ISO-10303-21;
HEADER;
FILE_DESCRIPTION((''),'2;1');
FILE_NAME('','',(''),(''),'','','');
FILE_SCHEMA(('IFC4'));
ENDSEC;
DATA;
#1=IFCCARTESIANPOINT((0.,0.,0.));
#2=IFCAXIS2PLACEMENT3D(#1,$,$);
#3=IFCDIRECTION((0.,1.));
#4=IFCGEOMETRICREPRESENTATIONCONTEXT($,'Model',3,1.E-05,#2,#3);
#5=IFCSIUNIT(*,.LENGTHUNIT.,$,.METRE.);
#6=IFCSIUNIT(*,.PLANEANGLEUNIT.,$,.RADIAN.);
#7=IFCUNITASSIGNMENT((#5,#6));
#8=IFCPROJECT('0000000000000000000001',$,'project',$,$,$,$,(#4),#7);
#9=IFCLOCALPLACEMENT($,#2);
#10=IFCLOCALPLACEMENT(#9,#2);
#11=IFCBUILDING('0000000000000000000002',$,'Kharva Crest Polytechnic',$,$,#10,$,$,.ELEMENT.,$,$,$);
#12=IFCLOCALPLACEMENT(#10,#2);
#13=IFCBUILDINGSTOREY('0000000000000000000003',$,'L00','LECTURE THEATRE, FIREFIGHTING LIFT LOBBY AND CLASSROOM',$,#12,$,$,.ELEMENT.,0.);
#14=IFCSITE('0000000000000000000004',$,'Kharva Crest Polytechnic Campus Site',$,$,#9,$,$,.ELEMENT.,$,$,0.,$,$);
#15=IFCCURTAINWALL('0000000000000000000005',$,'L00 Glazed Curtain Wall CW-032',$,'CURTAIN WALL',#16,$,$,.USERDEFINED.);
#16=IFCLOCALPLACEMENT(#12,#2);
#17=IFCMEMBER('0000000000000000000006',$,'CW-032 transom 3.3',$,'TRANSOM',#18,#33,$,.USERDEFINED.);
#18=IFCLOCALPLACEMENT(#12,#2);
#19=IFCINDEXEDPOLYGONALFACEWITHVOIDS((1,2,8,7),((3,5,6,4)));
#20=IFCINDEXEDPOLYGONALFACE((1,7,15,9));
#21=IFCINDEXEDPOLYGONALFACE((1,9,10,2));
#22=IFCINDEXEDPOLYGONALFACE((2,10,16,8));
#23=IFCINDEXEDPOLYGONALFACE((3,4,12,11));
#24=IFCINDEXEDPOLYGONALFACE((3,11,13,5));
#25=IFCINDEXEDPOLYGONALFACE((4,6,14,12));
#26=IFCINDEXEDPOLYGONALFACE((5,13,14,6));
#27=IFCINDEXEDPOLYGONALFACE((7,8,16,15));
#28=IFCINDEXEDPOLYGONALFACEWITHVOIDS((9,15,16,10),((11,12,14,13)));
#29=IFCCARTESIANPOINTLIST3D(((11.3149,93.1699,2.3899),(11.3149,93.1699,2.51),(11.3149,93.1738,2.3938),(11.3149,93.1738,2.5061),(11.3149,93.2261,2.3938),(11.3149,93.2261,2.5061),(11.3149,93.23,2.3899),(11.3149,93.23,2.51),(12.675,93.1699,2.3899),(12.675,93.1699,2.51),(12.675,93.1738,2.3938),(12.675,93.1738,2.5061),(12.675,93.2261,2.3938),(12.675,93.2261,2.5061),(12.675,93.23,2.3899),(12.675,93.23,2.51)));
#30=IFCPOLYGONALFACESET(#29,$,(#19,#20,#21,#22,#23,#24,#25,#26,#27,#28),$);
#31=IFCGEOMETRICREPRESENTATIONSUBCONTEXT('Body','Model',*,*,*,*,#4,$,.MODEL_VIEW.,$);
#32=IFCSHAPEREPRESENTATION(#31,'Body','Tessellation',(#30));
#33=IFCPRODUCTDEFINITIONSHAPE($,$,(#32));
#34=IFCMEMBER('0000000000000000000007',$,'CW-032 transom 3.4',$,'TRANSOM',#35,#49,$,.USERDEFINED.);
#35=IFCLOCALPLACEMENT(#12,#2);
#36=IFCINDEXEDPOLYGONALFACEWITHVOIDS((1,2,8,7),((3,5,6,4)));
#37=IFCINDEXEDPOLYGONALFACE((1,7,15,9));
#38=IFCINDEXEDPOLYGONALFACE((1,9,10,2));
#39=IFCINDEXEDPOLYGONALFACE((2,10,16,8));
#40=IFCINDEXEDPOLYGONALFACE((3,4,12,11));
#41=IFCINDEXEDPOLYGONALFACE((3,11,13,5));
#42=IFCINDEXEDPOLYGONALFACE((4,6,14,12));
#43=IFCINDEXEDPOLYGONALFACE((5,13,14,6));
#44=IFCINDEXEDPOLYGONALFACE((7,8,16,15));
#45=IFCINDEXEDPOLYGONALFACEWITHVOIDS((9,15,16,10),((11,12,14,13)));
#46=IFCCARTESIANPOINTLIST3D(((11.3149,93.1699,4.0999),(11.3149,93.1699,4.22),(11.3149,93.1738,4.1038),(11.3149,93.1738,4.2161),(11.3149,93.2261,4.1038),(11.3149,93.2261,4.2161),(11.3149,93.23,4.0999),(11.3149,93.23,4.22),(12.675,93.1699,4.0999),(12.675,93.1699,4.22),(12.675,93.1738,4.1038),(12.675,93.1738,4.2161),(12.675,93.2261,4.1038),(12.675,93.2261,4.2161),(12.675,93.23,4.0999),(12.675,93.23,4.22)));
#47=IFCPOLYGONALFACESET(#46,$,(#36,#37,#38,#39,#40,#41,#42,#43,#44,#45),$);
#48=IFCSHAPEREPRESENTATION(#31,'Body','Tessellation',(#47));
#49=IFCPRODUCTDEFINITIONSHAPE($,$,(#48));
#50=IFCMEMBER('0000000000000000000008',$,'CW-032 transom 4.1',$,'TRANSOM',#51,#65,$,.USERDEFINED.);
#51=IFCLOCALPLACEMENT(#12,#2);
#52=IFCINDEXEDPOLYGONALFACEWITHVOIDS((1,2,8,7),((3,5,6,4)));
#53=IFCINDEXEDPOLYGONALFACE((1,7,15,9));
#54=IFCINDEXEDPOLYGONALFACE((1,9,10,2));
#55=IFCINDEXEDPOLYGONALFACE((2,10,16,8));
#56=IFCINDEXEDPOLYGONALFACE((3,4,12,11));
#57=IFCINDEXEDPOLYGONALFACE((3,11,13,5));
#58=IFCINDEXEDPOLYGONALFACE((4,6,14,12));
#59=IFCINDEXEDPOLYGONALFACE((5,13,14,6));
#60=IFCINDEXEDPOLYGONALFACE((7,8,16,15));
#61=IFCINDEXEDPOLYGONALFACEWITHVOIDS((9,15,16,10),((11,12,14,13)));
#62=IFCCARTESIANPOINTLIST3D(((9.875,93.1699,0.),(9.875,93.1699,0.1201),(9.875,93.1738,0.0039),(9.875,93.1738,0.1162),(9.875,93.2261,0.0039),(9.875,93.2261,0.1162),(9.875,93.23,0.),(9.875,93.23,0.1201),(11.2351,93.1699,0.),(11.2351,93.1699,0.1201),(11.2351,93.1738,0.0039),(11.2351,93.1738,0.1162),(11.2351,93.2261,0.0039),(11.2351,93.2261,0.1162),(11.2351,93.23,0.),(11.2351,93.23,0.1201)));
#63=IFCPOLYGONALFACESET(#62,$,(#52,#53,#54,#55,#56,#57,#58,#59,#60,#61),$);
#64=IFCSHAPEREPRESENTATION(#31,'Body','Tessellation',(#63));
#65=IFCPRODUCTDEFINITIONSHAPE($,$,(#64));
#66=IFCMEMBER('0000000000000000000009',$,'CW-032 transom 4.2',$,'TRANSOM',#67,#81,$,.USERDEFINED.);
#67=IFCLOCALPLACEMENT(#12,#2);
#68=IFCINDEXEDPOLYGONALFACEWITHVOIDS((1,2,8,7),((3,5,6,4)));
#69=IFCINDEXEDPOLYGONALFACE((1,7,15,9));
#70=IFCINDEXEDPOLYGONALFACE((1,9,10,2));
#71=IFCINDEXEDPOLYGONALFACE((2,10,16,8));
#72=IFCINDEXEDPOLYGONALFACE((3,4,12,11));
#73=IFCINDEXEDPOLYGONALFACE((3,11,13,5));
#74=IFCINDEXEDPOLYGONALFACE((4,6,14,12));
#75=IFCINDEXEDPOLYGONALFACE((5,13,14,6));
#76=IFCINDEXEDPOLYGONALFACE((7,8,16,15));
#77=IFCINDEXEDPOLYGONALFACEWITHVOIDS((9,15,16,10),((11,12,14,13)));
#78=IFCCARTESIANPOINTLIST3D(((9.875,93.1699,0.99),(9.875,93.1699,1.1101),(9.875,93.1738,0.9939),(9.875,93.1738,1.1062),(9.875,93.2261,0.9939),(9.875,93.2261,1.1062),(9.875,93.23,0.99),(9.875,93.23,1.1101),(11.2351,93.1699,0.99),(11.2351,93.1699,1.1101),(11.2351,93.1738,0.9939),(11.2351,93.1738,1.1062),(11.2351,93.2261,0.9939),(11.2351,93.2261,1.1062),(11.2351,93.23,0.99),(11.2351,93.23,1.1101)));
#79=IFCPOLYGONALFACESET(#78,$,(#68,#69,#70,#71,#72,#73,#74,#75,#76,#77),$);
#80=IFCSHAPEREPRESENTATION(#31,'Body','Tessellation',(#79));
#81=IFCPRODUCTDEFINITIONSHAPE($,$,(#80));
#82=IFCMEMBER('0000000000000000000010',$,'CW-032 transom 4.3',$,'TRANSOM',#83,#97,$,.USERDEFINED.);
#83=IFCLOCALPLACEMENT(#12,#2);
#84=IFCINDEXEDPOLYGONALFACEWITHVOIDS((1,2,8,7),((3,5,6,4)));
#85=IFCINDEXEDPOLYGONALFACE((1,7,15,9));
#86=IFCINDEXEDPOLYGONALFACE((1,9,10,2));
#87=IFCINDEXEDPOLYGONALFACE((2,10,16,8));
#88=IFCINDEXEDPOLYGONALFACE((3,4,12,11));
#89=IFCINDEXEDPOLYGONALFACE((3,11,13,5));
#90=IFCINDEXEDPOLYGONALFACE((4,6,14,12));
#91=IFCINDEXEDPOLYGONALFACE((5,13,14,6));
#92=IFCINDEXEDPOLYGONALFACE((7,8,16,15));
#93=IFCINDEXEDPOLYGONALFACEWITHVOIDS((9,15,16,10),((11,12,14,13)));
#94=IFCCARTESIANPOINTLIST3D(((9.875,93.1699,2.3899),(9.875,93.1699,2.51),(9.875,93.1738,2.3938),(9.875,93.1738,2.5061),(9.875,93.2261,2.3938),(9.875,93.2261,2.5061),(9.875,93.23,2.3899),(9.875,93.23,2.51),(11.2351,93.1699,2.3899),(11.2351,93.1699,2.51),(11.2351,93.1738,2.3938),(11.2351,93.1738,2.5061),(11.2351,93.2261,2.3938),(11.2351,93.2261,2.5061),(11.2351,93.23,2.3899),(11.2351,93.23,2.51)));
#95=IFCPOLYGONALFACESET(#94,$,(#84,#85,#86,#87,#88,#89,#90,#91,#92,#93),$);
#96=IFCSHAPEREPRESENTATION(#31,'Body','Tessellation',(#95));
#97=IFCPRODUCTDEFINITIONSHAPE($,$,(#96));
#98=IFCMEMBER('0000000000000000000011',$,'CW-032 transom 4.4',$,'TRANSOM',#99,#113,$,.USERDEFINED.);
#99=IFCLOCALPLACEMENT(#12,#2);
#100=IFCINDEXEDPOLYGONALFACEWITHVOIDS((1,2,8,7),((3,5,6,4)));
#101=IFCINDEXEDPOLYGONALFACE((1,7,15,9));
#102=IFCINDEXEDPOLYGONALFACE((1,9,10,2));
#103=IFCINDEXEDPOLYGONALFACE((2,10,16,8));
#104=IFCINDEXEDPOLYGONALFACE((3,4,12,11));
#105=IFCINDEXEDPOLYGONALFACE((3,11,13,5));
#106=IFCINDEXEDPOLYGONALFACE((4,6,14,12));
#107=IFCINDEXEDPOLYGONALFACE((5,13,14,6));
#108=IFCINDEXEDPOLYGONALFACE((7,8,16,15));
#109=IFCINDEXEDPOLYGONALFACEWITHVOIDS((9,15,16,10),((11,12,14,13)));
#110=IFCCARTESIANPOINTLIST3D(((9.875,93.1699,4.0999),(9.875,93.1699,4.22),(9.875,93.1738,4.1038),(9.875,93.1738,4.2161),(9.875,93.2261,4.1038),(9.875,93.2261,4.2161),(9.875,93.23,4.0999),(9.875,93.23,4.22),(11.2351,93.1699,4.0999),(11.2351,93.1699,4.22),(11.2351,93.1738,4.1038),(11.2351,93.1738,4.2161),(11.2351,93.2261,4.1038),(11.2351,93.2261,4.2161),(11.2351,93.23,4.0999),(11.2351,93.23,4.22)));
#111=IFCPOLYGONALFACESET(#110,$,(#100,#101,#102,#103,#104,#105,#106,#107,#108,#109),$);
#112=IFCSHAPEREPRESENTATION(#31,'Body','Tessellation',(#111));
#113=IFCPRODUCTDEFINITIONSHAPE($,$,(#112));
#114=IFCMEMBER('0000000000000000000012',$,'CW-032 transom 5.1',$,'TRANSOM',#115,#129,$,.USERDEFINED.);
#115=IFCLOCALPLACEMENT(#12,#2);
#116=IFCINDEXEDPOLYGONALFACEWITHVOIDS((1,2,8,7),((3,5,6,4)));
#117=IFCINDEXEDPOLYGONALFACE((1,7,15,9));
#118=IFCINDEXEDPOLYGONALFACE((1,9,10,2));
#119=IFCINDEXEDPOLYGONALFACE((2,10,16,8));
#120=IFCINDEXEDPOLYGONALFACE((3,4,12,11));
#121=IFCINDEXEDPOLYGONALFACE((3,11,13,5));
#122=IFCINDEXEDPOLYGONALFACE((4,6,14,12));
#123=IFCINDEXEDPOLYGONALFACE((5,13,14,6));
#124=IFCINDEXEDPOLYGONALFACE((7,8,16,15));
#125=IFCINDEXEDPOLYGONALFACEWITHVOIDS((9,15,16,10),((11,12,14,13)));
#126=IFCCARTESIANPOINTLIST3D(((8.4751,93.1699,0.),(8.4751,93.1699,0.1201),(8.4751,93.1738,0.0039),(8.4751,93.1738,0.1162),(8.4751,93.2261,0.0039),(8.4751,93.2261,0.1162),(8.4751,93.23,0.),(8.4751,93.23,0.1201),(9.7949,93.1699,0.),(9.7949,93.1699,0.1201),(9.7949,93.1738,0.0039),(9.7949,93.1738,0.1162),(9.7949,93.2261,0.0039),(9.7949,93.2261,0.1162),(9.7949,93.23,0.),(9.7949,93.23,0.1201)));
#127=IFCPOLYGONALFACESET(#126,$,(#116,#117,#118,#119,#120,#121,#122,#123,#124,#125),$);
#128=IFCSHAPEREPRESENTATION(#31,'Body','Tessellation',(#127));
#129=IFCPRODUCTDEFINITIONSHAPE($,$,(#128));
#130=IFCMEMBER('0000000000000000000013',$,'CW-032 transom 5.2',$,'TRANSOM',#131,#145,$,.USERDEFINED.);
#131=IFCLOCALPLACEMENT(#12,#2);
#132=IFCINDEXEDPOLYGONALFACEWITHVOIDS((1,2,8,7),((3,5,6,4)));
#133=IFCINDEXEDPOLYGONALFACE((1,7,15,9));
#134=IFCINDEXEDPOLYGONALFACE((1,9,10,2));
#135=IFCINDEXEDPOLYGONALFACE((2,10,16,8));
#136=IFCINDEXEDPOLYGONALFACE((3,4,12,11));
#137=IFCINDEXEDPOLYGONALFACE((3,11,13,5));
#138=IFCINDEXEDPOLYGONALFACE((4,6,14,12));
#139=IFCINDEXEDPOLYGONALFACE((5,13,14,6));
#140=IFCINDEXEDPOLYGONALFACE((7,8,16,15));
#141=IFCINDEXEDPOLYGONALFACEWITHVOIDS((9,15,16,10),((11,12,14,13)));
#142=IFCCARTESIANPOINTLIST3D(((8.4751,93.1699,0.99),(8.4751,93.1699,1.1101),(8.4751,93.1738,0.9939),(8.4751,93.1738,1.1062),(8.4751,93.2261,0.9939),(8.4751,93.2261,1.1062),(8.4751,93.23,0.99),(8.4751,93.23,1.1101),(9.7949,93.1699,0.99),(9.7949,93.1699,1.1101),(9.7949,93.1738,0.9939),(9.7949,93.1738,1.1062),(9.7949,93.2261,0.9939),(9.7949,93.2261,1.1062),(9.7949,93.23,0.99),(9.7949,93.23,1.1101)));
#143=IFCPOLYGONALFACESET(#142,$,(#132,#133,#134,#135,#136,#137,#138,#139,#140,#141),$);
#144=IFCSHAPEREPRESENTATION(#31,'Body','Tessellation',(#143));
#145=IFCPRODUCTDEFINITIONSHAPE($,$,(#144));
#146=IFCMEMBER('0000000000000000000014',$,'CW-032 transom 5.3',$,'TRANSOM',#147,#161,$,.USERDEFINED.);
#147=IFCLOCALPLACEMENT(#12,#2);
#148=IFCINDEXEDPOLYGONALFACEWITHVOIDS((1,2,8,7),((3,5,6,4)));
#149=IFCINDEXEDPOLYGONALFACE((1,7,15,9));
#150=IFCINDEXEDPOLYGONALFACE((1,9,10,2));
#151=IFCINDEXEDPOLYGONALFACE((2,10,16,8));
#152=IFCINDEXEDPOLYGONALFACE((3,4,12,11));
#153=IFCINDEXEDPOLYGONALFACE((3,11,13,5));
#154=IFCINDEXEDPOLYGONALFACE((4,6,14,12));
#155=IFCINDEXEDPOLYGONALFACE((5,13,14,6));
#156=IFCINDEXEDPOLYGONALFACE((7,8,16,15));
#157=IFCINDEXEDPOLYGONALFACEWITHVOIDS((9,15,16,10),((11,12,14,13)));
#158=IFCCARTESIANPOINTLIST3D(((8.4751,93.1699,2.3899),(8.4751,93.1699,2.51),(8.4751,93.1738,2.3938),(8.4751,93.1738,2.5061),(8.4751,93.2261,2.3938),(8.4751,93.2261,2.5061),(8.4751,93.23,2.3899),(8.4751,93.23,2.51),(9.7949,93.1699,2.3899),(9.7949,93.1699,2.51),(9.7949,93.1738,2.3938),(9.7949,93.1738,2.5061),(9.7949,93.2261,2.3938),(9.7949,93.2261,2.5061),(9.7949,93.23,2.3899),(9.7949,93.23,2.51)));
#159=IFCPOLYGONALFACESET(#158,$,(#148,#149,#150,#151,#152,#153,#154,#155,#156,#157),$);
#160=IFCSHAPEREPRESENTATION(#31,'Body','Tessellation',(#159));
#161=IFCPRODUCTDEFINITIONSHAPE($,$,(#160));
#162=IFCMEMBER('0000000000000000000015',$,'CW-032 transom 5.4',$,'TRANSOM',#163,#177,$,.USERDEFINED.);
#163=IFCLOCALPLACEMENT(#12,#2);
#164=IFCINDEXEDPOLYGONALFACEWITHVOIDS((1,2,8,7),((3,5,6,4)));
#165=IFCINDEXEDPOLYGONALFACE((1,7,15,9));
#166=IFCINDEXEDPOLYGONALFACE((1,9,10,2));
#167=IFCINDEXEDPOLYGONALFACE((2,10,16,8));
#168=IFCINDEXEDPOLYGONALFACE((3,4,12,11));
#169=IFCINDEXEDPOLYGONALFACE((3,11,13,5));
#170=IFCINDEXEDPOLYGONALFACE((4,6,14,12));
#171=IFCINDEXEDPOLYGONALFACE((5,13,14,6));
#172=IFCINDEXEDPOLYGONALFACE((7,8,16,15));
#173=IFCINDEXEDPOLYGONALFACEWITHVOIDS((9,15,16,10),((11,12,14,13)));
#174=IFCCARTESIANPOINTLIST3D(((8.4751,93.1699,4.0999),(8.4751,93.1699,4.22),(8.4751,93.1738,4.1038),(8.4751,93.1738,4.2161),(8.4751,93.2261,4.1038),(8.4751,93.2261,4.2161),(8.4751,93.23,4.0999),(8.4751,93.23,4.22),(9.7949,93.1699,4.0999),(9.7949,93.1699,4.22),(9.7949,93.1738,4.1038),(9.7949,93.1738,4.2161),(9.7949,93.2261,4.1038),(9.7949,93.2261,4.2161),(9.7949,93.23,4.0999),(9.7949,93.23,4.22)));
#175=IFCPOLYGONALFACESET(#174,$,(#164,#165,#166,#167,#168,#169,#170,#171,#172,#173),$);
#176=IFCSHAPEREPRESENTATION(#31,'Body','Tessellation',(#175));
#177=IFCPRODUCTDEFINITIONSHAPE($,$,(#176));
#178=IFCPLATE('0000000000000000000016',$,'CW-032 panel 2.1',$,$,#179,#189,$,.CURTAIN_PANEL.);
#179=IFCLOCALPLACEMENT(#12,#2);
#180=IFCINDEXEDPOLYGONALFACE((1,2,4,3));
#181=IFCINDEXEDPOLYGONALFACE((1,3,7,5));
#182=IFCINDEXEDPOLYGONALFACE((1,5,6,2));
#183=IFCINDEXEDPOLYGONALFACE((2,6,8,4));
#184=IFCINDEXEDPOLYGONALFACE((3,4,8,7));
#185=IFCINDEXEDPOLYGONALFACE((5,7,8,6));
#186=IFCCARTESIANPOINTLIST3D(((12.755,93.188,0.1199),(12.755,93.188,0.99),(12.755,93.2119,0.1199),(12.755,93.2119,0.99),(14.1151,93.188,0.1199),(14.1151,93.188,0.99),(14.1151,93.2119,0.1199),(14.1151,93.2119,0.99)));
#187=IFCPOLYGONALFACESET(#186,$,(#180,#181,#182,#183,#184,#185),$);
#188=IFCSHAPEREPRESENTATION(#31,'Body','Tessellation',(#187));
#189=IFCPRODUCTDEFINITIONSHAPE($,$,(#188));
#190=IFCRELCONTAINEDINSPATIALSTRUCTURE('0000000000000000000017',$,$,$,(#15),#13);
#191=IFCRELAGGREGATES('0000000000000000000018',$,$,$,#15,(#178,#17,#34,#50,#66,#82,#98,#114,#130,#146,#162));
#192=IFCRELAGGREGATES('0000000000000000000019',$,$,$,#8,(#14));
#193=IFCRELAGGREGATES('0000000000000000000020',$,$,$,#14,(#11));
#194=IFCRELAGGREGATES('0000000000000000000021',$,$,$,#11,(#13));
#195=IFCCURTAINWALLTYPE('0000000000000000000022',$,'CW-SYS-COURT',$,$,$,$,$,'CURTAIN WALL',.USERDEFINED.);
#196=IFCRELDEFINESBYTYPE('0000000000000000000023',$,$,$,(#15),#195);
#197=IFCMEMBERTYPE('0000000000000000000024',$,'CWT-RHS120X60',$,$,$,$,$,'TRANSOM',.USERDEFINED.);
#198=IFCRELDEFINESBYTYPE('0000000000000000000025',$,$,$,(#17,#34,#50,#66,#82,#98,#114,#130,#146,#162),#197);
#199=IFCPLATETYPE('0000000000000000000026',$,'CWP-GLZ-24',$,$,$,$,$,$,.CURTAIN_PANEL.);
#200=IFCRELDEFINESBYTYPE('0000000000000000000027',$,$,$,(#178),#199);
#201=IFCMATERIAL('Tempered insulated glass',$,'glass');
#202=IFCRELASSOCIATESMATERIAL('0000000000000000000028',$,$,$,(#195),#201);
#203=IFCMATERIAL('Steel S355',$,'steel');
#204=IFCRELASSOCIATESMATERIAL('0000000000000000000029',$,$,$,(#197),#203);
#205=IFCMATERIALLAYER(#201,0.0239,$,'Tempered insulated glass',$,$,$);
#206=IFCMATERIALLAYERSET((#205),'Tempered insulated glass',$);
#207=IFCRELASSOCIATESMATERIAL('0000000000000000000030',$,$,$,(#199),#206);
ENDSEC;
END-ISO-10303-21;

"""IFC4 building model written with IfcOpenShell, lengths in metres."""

from ifc_helpers import new_model, si_unit, direction, frame, origin, origin_2d, place, context, subcontext, project, spatial, rectangle, hollow_rectangle, extrude, material, layer, layer_set, material_profile, profile_set, type_object, element, aggregate, save


model = new_model("IFC4")

# Units and contexts
model_context = context("Model", 3, precision=1e-05, world=origin(), true_north=direction((0.0, 1.0)))
body_context = subcontext(model_context, "Body", "Model", "MODEL_VIEW")
ifc_project = project(units=[si_unit("LENGTHUNIT", "METRE"), si_unit("PLANEANGLEUNIT", "RADIAN")], contexts=[model_context])

# Site, building, storey
site_placement = place(None, origin())
site = spatial("IfcSite", under=ifc_project, at=site_placement, Name="Kharva Crest Polytechnic Campus Site", CompositionType="ELEMENT", RefElevation=0.0)
building_placement = place(site_placement, origin())
building = spatial("IfcBuilding", under=site, at=building_placement, Name="Kharva Crest Polytechnic", CompositionType="ELEMENT")
storey_placement = place(building_placement, origin())
storey = spatial("IfcBuildingStorey", under=building, at=storey_placement, Name="L00", Description="LECTURE THEATRE, FIREFIGHTING LIFT LOBBY AND CLASSROOM", CompositionType="ELEMENT", Elevation=0.0)

# Curtain wall, members, plate
ifc_material_1 = material(Name="Tempered insulated glass", Category="glass")
curtain_wall_type = type_object("IfcCurtainWallType", Name="CW-SYS-COURT", ElementType="CURTAIN WALL", PredefinedType="USERDEFINED", material=ifc_material_1)
curtain_wall_placement = place(storey_placement, origin())
curtain_wall = element("IfcCurtainWall", 1, at=curtain_wall_placement, inside=storey, type_object=curtain_wall_type, Name="L00 Glazed Curtain Wall CW-032", ObjectType="CURTAIN WALL", PredefinedType="USERDEFINED")
ifc_material_2 = material(Name="Steel S355", Category="steel")
ifc_material_profile_1 = material_profile(ifc_material_2, hollow_rectangle(XDim=0.0601, YDim=0.1201, WallThickness=0.0039, at=origin_2d()), Name="RHS 120X60X4.0")
ifc_profile_set_1 = profile_set([ifc_material_profile_1], Name="Steel S355")
member_type_1 = type_object("IfcMemberType", Name="CWT-RHS120X60", ElementType="TRANSOM", PredefinedType="USERDEFINED", material=ifc_profile_set_1)
member_1_placement = place(storey_placement, frame((12.675, 93.2, 2.45), z_axis=(-1.0, 0.0, 0.0), x_axis=(0.0, -1.0, 0.0)))
member_1 = element("IfcMember", 2, at=member_1_placement, type_object=member_type_1, Name="CW-032 transom 3.3", ObjectType="TRANSOM", PredefinedType="USERDEFINED", context=body_context, shape_type="SweptSolid", body=[
    extrude(hollow_rectangle(XDim=0.0601, YDim=0.1201, WallThickness=0.0039, at=origin_2d()), origin(), (0.0, 0.0, 1.0), 1.3601),
])
member_2_placement = place(storey_placement, frame((12.675, 93.2, 4.1599), z_axis=(-1.0, 0.0, 0.0), x_axis=(0.0, -1.0, 0.0)))
member_2 = element("IfcMember", 3, at=member_2_placement, type_object=member_type_1, Name="CW-032 transom 3.4", ObjectType="TRANSOM", PredefinedType="USERDEFINED", context=body_context, shape_type="SweptSolid", body=[
    extrude(hollow_rectangle(XDim=0.0601, YDim=0.1201, WallThickness=0.0039, at=origin_2d()), origin(), (0.0, 0.0, 1.0), 1.3601),
])
member_3_placement = place(storey_placement, frame((11.2351, 93.2, 0.0601), z_axis=(-1.0, 0.0, 0.0), x_axis=(0.0, -1.0, 0.0)))
member_3 = element("IfcMember", 4, at=member_3_placement, type_object=member_type_1, Name="CW-032 transom 4.1", ObjectType="TRANSOM", PredefinedType="USERDEFINED", context=body_context, shape_type="SweptSolid", body=[
    extrude(hollow_rectangle(XDim=0.0601, YDim=0.1201, WallThickness=0.0039, at=origin_2d()), origin(), (0.0, 0.0, 1.0), 1.3601),
])
member_4_placement = place(storey_placement, frame((11.2351, 93.2, 1.05), z_axis=(-1.0, 0.0, 0.0), x_axis=(0.0, -1.0, 0.0)))
member_4 = element("IfcMember", 5, at=member_4_placement, type_object=member_type_1, Name="CW-032 transom 4.2", ObjectType="TRANSOM", PredefinedType="USERDEFINED", context=body_context, shape_type="SweptSolid", body=[
    extrude(hollow_rectangle(XDim=0.0601, YDim=0.1201, WallThickness=0.0039, at=origin_2d()), origin(), (0.0, 0.0, 1.0), 1.3601),
])
member_5_placement = place(storey_placement, frame((11.2351, 93.2, 2.45), z_axis=(-1.0, 0.0, 0.0), x_axis=(0.0, -1.0, 0.0)))
member_5 = element("IfcMember", 6, at=member_5_placement, type_object=member_type_1, Name="CW-032 transom 4.3", ObjectType="TRANSOM", PredefinedType="USERDEFINED", context=body_context, shape_type="SweptSolid", body=[
    extrude(hollow_rectangle(XDim=0.0601, YDim=0.1201, WallThickness=0.0039, at=origin_2d()), origin(), (0.0, 0.0, 1.0), 1.3601),
])
member_6_placement = place(storey_placement, frame((11.2351, 93.2, 4.1599), z_axis=(-1.0, 0.0, 0.0), x_axis=(0.0, -1.0, 0.0)))
member_6 = element("IfcMember", 7, at=member_6_placement, type_object=member_type_1, Name="CW-032 transom 4.4", ObjectType="TRANSOM", PredefinedType="USERDEFINED", context=body_context, shape_type="SweptSolid", body=[
    extrude(hollow_rectangle(XDim=0.0601, YDim=0.1201, WallThickness=0.0039, at=origin_2d()), origin(), (0.0, 0.0, 1.0), 1.3601),
])
member_7_placement = place(storey_placement, frame((9.7949, 93.2, 0.0601), z_axis=(-1.0, 0.0, 0.0), x_axis=(0.0, -1.0, 0.0)))
member_7 = element("IfcMember", 8, at=member_7_placement, type_object=member_type_1, Name="CW-032 transom 5.1", ObjectType="TRANSOM", PredefinedType="USERDEFINED", context=body_context, shape_type="SweptSolid", body=[
    extrude(hollow_rectangle(XDim=0.0601, YDim=0.1201, WallThickness=0.0039, at=origin_2d()), origin(), (0.0, 0.0, 1.0), 1.3198),
])
member_8_placement = place(storey_placement, frame((9.7949, 93.2, 1.05), z_axis=(-1.0, 0.0, 0.0), x_axis=(0.0, -1.0, 0.0)))
member_8 = element("IfcMember", 9, at=member_8_placement, type_object=member_type_1, Name="CW-032 transom 5.2", ObjectType="TRANSOM", PredefinedType="USERDEFINED", context=body_context, shape_type="SweptSolid", body=[
    extrude(hollow_rectangle(XDim=0.0601, YDim=0.1201, WallThickness=0.0039, at=origin_2d()), origin(), (0.0, 0.0, 1.0), 1.3198),
])
member_9_placement = place(storey_placement, frame((9.7949, 93.2, 2.45), z_axis=(-1.0, 0.0, 0.0), x_axis=(0.0, -1.0, 0.0)))
member_9 = element("IfcMember", 10, at=member_9_placement, type_object=member_type_1, Name="CW-032 transom 5.3", ObjectType="TRANSOM", PredefinedType="USERDEFINED", context=body_context, shape_type="SweptSolid", body=[
    extrude(hollow_rectangle(XDim=0.0601, YDim=0.1201, WallThickness=0.0039, at=origin_2d()), origin(), (0.0, 0.0, 1.0), 1.3198),
])
member_10_placement = place(storey_placement, frame((9.7949, 93.2, 4.1599), z_axis=(-1.0, 0.0, 0.0), x_axis=(0.0, -1.0, 0.0)))
member_10 = element("IfcMember", 11, at=member_10_placement, type_object=member_type_1, Name="CW-032 transom 5.4", ObjectType="TRANSOM", PredefinedType="USERDEFINED", context=body_context, shape_type="SweptSolid", body=[
    extrude(hollow_rectangle(XDim=0.0601, YDim=0.1201, WallThickness=0.0039, at=origin_2d()), origin(), (0.0, 0.0, 1.0), 1.3198),
])
ifc_layer = layer(ifc_material_1, 0.0239, Name="Tempered insulated glass")
ifc_layer_set = layer_set([ifc_layer], Name="Tempered insulated glass")
plate_type = type_object("IfcPlateType", Name="CWP-GLZ-24", PredefinedType="CURTAIN_PANEL", material=ifc_layer_set)
plate_1_placement = place(storey_placement, frame((13.4351, 93.2, 0.1199), z_axis=(0.0, 0.0, 1.0), x_axis=(-1.0, 0.0, 0.0)))
plate_1 = element("IfcPlate", 12, at=plate_1_placement, type_object=plate_type, Name="CW-032 panel 2.1", PredefinedType="CURTAIN_PANEL", context=body_context, shape_type="SweptSolid", body=[
    extrude(rectangle(XDim=1.3601, YDim=0.0239, at=origin_2d()), origin(), (0.0, 0.0, 1.0), 0.8701),
])
aggregate(curtain_wall, [plate_1, member_1, member_2, member_3, member_4, member_5, member_6, member_7, member_8, member_9, member_10])

save(model, "model.ifc")
